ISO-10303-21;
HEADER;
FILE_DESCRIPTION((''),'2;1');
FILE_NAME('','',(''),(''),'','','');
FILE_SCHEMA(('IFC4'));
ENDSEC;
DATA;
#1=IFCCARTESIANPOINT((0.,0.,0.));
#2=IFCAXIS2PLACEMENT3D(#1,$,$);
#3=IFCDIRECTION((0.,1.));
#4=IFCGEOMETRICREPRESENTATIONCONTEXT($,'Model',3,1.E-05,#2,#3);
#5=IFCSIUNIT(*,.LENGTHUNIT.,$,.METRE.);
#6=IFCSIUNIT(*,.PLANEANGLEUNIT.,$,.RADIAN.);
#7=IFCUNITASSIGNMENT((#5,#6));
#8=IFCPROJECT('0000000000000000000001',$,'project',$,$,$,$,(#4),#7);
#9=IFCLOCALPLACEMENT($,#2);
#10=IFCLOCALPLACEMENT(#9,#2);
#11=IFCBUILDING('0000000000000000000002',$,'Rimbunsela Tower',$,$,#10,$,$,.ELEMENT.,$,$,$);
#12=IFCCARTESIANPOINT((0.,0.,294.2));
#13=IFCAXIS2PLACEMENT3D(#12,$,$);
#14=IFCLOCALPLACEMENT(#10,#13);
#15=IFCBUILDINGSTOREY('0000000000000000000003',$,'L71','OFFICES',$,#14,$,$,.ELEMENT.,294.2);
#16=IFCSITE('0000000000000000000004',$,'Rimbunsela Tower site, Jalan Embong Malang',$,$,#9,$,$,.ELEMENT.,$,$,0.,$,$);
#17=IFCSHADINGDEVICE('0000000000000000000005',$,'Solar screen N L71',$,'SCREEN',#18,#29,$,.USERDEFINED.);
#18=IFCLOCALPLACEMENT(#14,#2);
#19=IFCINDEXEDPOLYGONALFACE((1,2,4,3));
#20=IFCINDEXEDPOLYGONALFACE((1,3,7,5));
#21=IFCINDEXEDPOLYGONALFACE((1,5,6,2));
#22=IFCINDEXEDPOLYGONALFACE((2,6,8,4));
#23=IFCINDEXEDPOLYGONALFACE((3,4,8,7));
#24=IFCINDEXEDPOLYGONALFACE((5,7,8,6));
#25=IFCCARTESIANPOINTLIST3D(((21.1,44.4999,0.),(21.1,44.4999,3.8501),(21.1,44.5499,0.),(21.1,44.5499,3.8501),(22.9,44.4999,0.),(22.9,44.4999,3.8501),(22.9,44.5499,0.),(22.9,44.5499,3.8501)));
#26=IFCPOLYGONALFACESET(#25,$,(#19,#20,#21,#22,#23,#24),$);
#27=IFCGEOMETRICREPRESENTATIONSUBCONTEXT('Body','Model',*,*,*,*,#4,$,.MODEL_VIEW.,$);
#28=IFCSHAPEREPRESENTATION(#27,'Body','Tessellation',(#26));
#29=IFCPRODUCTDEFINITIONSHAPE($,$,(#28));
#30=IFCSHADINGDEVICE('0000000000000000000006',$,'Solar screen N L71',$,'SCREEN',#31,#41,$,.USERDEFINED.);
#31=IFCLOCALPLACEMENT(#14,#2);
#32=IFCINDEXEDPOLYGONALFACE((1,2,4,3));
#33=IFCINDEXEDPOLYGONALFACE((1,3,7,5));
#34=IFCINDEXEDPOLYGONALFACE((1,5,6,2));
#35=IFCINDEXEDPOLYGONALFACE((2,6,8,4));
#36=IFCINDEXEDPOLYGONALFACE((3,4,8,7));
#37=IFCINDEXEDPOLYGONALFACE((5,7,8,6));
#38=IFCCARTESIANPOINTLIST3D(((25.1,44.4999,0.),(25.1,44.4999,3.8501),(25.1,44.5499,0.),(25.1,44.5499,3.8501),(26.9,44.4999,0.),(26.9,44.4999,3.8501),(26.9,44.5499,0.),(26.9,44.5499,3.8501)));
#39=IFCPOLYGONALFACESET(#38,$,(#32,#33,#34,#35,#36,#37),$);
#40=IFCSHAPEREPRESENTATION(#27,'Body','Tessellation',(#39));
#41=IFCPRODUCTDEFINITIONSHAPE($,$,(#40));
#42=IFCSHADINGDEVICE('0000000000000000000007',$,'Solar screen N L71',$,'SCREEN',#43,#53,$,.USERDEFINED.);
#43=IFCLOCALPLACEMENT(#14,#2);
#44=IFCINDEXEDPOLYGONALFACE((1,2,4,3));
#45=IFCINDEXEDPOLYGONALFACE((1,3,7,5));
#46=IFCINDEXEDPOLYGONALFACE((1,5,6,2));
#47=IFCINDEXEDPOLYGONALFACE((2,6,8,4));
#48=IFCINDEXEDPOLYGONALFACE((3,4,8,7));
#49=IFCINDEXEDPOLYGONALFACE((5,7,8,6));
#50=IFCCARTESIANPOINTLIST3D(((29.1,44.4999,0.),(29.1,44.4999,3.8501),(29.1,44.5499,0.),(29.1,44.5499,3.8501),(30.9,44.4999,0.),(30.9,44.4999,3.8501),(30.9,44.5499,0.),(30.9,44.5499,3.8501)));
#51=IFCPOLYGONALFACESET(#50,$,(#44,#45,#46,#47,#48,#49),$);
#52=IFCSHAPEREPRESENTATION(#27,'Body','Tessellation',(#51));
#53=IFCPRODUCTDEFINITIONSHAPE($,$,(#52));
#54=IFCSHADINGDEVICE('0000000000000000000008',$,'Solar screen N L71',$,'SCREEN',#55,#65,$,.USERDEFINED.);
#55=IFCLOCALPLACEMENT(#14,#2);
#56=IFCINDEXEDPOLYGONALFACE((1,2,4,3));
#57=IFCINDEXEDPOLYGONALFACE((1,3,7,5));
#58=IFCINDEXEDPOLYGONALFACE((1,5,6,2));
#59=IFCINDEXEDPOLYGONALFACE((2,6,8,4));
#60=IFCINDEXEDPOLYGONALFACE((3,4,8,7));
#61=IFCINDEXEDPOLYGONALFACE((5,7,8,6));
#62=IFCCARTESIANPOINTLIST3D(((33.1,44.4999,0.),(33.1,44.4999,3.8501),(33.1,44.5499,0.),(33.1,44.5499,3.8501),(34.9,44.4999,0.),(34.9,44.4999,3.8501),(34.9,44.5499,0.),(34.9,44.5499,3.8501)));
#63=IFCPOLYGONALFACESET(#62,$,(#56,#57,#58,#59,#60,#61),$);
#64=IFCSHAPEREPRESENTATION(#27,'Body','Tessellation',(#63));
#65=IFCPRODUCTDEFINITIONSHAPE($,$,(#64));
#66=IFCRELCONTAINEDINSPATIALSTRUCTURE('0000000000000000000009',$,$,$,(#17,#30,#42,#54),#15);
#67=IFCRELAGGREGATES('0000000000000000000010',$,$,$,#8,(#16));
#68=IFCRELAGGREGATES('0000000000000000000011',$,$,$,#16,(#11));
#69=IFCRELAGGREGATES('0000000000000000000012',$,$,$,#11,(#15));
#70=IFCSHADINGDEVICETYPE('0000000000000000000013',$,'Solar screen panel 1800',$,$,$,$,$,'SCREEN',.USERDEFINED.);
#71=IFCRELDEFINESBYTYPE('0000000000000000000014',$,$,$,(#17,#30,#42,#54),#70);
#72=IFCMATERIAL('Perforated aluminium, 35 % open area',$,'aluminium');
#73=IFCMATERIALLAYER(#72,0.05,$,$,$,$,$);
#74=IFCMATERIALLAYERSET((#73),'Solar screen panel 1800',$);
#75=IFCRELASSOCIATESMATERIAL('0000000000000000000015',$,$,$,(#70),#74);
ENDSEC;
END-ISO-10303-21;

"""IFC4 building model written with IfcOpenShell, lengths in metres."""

from ifc_helpers import new_model, si_unit, direction, frame, origin, origin_2d, place, context, subcontext, project, spatial, rectangle, extrude, material, layer, layer_set, type_object, element, save


model = new_model("IFC4")

# Units and contexts
model_context = context("Model", 3, precision=1e-05, world=origin(), true_north=direction((0.0, 1.0)))
body_context = subcontext(model_context, "Body", "Model", "MODEL_VIEW")
ifc_project = project(units=[si_unit("LENGTHUNIT", "METRE"), si_unit("PLANEANGLEUNIT", "RADIAN")], contexts=[model_context])

# Site, building, storey
site_placement = place(None, origin())
site = spatial("IfcSite", under=ifc_project, at=site_placement, Name="Rimbunsela Tower site, Jalan Embong Malang", CompositionType="ELEMENT", RefElevation=0.0)
building_placement = place(site_placement, origin())
building = spatial("IfcBuilding", under=site, at=building_placement, Name="Rimbunsela Tower", CompositionType="ELEMENT")
storey_placement = place(building_placement, frame((0.0, 0.0, 294.2)))
storey = spatial("IfcBuildingStorey", under=building, at=storey_placement, Name="L71", Description="OFFICES", CompositionType="ELEMENT", Elevation=294.2)

# Shading devices
ifc_material_1 = material(Name="Perforated aluminium, 35 % open area", Category="aluminium")
ifc_layer_1 = layer(ifc_material_1, 0.05)
ifc_layer_set_1 = layer_set([ifc_layer_1], Name="Solar screen panel 1800")
shading_device_type = type_object("IfcShadingDeviceType", Name="Solar screen panel 1800", ElementType="SCREEN", PredefinedType="USERDEFINED", material=ifc_layer_set_1)
for number, where, z_axis, x_axis, name in (
    (1, (22.0, 44.5249, 0.0), (0.0, 0.0, 1.0), (1.0, 0.0, 0.0), "Solar screen N L71"),
    (2, (26.0, 44.5249, 0.0), (0.0, 0.0, 1.0), (1.0, 0.0, 0.0), "Solar screen N L71"),
    (3, (30.0, 44.5249, 0.0), (0.0, 0.0, 1.0), (1.0, 0.0, 0.0), "Solar screen N L71"),
    (4, (34.0, 44.5249, 0.0), (0.0, 0.0, 1.0), (1.0, 0.0, 0.0), "Solar screen N L71"),
):
    element("IfcShadingDevice", number, at=place(storey_placement, frame(where, z_axis=z_axis, x_axis=x_axis)), inside=storey, type_object=shading_device_type, Name=name, ObjectType="SCREEN", PredefinedType="USERDEFINED", context=body_context, shape_type="SweptSolid", body=[
        extrude(rectangle(XDim=1.8, YDim=0.05, at=origin_2d()), origin(), (0.0, 0.0, 1.0), 3.8501),
    ])

save(model, "model.ifc")
